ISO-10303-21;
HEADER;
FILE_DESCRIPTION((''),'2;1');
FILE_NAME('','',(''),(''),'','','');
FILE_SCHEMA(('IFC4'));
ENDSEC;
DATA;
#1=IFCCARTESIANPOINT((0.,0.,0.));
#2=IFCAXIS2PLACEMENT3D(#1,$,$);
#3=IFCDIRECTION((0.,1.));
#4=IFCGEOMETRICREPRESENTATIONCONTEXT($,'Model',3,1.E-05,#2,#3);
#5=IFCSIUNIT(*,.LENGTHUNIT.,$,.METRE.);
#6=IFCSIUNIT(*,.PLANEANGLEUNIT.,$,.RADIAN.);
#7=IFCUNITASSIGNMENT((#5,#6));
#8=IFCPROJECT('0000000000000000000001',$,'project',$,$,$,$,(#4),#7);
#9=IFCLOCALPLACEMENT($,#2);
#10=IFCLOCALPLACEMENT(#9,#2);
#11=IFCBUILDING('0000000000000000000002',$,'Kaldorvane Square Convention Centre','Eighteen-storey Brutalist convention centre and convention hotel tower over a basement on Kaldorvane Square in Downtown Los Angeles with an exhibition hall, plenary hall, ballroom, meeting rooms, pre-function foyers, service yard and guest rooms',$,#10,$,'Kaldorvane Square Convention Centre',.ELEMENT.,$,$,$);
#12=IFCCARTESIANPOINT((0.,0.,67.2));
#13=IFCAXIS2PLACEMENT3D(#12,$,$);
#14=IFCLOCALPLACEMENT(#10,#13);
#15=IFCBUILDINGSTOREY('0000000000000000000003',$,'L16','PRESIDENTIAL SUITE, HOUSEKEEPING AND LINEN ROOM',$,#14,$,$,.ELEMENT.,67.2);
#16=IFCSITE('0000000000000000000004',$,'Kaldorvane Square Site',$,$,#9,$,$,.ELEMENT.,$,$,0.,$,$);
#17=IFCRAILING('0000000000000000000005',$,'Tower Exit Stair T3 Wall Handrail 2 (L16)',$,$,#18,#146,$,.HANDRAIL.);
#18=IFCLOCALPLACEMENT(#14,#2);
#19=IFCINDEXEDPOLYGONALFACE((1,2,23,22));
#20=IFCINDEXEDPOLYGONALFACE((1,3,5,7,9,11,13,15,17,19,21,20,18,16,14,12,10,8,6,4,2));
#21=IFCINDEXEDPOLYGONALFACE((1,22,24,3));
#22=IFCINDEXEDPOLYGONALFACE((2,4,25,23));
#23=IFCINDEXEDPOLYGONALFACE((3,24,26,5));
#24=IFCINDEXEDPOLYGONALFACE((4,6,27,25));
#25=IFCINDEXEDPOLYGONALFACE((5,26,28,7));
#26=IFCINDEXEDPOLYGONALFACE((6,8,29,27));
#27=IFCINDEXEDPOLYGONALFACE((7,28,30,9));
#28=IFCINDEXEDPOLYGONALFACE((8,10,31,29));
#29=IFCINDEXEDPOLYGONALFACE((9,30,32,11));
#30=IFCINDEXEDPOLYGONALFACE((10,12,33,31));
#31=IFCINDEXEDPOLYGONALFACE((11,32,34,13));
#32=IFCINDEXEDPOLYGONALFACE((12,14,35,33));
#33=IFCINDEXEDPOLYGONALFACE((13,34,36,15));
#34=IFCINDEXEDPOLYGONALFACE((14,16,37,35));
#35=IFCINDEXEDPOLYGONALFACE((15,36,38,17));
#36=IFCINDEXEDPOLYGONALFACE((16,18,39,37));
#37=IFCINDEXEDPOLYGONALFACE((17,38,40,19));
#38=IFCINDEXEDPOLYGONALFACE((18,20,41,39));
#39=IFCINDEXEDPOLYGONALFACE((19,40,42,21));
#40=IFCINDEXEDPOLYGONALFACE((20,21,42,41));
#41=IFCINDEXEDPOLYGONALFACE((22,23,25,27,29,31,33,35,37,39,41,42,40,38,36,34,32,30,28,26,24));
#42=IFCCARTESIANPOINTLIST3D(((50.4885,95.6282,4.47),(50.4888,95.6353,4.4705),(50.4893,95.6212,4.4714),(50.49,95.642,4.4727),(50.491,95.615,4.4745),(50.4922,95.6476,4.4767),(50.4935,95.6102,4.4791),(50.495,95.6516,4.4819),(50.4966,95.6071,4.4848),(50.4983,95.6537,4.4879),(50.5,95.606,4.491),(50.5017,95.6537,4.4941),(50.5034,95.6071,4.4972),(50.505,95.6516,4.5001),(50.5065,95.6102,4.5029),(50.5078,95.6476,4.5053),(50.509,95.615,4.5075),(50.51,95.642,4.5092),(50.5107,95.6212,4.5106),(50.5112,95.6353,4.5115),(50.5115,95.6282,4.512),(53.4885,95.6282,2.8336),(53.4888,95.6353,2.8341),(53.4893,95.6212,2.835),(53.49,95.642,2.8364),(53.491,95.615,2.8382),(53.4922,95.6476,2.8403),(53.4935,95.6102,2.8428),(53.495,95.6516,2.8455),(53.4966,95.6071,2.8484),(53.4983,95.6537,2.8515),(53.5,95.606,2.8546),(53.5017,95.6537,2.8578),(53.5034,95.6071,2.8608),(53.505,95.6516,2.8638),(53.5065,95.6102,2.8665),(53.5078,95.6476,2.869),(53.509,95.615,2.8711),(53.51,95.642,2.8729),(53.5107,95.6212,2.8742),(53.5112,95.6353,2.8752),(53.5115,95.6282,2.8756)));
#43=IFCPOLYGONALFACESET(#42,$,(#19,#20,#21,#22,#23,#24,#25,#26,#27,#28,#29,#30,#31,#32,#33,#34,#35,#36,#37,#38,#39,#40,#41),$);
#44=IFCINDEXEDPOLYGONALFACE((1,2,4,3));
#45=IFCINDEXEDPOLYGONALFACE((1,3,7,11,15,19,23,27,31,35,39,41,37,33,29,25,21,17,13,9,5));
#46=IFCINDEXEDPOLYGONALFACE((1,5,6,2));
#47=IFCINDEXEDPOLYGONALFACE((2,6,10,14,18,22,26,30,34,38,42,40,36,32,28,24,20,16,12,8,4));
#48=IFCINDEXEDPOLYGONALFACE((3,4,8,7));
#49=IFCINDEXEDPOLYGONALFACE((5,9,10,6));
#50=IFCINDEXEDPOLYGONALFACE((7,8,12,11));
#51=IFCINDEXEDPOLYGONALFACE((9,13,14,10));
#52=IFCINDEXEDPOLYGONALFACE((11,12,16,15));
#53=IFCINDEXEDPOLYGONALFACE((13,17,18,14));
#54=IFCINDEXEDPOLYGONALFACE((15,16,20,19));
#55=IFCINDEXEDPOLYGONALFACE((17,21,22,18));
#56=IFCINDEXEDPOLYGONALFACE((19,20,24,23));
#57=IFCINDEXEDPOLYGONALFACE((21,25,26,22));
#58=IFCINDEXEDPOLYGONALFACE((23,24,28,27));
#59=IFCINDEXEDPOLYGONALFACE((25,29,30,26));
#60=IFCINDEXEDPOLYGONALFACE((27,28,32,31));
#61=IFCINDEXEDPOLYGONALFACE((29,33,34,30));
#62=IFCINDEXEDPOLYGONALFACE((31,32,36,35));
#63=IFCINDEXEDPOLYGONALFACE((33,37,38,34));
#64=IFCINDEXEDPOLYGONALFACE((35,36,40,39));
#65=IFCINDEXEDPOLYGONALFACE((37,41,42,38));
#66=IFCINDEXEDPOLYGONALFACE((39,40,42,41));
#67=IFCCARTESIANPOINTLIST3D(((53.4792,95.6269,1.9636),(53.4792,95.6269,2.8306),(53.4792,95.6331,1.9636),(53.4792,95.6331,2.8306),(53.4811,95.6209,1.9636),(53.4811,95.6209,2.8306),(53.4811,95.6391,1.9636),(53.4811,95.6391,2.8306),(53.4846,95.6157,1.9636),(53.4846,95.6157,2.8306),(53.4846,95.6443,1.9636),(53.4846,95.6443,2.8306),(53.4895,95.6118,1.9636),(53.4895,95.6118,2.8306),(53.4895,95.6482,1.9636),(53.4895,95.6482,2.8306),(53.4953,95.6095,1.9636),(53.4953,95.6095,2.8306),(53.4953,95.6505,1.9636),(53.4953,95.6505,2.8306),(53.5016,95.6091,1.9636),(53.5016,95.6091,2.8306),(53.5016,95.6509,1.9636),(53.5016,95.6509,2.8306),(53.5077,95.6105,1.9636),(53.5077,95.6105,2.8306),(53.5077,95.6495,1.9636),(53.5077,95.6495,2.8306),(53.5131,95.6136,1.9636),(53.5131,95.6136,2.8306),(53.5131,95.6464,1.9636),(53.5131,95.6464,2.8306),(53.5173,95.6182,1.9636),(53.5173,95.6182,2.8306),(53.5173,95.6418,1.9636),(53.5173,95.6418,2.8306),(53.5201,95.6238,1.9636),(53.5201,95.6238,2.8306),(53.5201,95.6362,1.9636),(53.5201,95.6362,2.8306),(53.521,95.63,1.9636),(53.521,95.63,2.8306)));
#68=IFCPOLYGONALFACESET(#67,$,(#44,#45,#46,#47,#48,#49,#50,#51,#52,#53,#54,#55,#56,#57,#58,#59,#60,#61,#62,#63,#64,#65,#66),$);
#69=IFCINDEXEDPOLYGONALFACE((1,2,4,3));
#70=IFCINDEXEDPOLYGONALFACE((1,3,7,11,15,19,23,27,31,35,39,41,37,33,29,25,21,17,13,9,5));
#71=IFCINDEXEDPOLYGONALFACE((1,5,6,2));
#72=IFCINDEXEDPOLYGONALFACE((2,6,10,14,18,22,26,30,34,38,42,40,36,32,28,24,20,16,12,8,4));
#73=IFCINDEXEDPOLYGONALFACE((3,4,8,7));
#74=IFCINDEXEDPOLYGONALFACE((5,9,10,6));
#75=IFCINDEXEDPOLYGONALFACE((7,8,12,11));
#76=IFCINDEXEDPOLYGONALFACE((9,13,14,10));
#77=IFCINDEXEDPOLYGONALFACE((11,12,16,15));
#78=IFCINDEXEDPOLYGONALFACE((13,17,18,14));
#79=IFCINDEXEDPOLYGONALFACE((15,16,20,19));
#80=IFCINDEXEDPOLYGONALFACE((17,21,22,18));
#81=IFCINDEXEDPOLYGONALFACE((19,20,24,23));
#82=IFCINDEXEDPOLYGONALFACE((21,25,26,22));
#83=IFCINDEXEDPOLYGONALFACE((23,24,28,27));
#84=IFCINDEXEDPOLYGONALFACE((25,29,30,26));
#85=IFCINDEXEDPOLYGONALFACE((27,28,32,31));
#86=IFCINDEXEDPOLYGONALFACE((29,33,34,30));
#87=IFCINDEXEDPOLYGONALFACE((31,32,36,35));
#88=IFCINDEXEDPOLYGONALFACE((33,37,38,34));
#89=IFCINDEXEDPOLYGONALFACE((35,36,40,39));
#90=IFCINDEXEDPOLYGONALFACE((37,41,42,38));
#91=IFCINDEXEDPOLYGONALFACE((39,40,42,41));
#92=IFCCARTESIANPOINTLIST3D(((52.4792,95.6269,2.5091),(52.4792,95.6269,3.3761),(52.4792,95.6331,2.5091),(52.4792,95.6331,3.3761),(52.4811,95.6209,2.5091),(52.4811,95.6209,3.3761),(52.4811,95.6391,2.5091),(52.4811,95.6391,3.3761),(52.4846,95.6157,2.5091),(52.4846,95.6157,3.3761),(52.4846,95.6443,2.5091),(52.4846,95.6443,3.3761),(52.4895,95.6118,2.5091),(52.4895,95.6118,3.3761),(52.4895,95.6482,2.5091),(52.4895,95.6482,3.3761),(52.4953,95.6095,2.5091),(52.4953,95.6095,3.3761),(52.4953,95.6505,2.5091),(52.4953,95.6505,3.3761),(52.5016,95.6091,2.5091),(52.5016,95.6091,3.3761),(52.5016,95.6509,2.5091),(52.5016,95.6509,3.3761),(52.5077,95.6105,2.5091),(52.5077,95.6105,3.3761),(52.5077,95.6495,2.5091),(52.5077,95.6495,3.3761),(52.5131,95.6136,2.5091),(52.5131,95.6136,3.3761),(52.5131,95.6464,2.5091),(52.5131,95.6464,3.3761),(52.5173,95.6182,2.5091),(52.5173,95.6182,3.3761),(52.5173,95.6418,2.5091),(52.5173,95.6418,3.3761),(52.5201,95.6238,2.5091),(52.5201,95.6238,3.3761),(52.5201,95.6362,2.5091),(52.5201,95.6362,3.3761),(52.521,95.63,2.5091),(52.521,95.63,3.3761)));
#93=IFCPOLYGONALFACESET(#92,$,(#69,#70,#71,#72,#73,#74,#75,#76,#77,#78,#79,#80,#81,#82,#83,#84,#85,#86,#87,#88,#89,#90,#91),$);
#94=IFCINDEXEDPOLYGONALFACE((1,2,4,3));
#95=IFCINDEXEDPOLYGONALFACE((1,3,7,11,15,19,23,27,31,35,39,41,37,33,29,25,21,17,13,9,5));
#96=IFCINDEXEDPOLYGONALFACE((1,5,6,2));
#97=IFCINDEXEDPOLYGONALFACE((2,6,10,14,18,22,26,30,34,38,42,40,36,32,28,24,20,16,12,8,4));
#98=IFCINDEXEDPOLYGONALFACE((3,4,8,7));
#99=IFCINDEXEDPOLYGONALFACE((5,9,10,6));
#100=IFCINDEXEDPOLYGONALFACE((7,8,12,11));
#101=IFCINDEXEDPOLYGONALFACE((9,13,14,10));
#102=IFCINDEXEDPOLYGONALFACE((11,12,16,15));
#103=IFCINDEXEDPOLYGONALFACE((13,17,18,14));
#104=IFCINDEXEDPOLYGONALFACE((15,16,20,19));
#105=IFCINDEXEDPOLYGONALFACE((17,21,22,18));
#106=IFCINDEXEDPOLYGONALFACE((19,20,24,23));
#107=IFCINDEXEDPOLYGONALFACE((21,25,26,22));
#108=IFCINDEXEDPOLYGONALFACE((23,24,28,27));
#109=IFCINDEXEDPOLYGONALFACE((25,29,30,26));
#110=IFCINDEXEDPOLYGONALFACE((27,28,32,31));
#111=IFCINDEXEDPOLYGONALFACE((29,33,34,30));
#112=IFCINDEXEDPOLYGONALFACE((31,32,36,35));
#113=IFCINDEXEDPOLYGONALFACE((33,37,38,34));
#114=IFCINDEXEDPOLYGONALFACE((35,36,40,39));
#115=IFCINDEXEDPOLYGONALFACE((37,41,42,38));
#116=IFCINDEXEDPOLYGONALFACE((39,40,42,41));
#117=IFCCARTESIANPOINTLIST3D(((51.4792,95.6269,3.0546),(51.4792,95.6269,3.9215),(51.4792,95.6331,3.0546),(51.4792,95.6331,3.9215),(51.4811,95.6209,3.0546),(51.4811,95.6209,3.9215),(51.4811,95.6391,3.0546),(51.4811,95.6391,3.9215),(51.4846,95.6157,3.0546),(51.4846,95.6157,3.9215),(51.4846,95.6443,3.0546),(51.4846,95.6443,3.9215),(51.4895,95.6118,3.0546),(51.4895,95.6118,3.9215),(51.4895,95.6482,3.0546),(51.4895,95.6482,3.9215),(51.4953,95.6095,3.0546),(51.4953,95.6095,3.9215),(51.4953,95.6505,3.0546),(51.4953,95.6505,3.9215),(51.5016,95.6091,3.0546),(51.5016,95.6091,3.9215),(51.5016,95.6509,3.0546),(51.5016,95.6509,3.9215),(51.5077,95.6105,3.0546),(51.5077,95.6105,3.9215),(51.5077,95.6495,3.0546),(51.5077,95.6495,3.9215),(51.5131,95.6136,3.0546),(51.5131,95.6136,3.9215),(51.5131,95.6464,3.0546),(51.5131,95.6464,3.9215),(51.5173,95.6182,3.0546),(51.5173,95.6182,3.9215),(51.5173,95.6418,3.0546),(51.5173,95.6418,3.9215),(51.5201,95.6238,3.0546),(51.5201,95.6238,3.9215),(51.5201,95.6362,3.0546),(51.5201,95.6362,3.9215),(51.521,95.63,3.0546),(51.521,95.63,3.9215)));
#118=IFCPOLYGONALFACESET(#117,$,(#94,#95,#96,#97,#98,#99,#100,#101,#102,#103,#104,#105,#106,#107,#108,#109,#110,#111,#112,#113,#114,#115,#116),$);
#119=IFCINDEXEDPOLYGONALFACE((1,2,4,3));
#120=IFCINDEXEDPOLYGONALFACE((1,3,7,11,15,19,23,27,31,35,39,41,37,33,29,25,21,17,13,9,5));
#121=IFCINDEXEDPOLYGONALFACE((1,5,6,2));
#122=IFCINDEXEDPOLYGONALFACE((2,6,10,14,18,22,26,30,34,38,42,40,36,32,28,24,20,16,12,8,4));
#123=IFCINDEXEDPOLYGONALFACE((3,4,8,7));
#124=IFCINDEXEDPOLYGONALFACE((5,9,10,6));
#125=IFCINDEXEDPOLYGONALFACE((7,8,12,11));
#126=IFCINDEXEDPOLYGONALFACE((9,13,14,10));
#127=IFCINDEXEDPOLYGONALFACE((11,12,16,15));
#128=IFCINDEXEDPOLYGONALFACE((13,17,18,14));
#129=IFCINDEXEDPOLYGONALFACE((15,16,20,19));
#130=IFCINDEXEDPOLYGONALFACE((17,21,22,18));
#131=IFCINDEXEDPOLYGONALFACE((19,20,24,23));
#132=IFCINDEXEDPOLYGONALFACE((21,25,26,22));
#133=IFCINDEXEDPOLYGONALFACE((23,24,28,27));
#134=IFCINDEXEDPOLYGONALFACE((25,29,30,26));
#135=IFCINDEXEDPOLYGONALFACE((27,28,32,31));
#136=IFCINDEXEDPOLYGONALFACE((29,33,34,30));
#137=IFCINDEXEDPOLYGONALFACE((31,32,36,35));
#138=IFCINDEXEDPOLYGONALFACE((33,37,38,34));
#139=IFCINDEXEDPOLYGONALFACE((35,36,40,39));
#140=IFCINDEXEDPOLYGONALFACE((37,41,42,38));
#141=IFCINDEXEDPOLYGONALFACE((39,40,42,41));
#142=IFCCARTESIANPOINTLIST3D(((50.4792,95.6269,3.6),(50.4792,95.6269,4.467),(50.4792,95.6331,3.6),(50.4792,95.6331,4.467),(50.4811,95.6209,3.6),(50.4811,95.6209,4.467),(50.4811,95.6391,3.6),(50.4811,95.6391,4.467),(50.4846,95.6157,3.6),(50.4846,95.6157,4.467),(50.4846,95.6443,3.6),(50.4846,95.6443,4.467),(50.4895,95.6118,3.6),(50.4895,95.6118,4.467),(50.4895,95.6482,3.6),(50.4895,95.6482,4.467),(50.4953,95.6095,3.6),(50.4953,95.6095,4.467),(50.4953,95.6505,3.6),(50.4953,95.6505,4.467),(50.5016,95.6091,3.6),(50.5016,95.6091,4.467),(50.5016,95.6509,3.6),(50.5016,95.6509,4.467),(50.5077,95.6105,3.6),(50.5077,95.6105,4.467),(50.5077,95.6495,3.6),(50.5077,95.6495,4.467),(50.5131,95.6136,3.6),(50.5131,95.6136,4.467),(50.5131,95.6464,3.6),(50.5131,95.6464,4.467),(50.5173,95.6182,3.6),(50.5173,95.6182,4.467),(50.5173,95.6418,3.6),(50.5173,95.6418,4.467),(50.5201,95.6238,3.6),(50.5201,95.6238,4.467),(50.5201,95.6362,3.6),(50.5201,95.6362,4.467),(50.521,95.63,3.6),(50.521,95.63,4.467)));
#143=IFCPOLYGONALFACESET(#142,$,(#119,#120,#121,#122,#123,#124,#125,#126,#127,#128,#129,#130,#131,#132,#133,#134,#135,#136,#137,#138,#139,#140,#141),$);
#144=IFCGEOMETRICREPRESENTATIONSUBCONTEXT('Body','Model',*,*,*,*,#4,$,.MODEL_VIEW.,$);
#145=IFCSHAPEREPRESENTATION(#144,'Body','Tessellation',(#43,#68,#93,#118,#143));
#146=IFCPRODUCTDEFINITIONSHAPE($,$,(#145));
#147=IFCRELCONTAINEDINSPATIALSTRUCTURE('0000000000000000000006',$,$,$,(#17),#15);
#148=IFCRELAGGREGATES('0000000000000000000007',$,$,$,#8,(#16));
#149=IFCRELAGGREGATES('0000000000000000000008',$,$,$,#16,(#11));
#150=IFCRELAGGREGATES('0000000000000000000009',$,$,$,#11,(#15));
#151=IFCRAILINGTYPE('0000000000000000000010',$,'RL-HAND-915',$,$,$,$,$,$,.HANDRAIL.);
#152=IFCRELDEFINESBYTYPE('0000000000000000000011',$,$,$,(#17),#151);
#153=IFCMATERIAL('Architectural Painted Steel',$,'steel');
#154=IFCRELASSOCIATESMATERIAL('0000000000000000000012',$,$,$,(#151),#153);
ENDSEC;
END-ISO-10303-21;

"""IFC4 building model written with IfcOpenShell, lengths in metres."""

from ifc_helpers import new_model, si_unit, direction, frame, origin, origin_2d, place, context, subcontext, project, spatial, circle, extrude, material, type_object, element, save


model = new_model("IFC4")

# Units and contexts
model_context = context("Model", 3, precision=1e-05, world=origin(), true_north=direction((0.0, 1.0)))
body_context = subcontext(model_context, "Body", "Model", "MODEL_VIEW")
ifc_project = project(units=[si_unit("LENGTHUNIT", "METRE"), si_unit("PLANEANGLEUNIT", "RADIAN")], contexts=[model_context])

# Site, building, storey
site_placement = place(None, origin())
site = spatial("IfcSite", under=ifc_project, at=site_placement, Name="Kaldorvane Square Site", CompositionType="ELEMENT", RefElevation=0.0)
building_placement = place(site_placement, origin())
building = spatial("IfcBuilding", under=site, at=building_placement, Name="Kaldorvane Square Convention Centre", Description="Eighteen-storey Brutalist convention centre and convention hotel tower over a basement on Kaldorvane Square in Downtown Los Angeles with an exhibition hall, plenary hall, ballroom, meeting rooms, pre-function foyers, service yard and guest rooms", LongName="Kaldorvane Square Convention Centre", CompositionType="ELEMENT")
storey_placement = place(building_placement, frame((0.0, 0.0, 67.2)))
storey = spatial("IfcBuildingStorey", under=building, at=storey_placement, Name="L16", Description="PRESIDENTIAL SUITE, HOUSEKEEPING AND LINEN ROOM", CompositionType="ELEMENT", Elevation=67.2)

# Railing
ifc_material_1 = material(Name="Architectural Painted Steel", Category="steel")
railing_type = type_object("IfcRailingType", Name="RL-HAND-915", PredefinedType="HANDRAIL", material=ifc_material_1)
railing_placement = place(storey_placement, frame((53.5, 95.63, 1.9636)))
element("IfcRailing", 1, at=railing_placement, inside=storey, type_object=railing_type, Name="Tower Exit Stair T3 Wall Handrail 2 (L16)", PredefinedType="HANDRAIL", context=body_context, shape_type="SweptSolid", body=[
    extrude(circle(Radius=0.024, at=origin_2d()), frame((0.0, 0.0, 0.891), z_axis=(-0.877895, 0.0, 0.478853), x_axis=(0.0, -1.0, 0.0)), (0.0, 0.0, 1.0), 3.4173),
    extrude(circle(Radius=0.021, at=origin_2d()), origin(), (0.0, 0.0, 1.0), 0.867),
    extrude(circle(Radius=0.021, at=origin_2d()), frame((-1.0, 0.0, 0.5455)), (0.0, 0.0, 1.0), 0.867),
    extrude(circle(Radius=0.021, at=origin_2d()), frame((-2.0, 0.0, 1.0909)), (0.0, 0.0, 1.0), 0.867),
    extrude(circle(Radius=0.021, at=origin_2d()), frame((-3.0, 0.0, 1.6364)), (0.0, 0.0, 1.0), 0.867),
])

save(model, "model.ifc")
